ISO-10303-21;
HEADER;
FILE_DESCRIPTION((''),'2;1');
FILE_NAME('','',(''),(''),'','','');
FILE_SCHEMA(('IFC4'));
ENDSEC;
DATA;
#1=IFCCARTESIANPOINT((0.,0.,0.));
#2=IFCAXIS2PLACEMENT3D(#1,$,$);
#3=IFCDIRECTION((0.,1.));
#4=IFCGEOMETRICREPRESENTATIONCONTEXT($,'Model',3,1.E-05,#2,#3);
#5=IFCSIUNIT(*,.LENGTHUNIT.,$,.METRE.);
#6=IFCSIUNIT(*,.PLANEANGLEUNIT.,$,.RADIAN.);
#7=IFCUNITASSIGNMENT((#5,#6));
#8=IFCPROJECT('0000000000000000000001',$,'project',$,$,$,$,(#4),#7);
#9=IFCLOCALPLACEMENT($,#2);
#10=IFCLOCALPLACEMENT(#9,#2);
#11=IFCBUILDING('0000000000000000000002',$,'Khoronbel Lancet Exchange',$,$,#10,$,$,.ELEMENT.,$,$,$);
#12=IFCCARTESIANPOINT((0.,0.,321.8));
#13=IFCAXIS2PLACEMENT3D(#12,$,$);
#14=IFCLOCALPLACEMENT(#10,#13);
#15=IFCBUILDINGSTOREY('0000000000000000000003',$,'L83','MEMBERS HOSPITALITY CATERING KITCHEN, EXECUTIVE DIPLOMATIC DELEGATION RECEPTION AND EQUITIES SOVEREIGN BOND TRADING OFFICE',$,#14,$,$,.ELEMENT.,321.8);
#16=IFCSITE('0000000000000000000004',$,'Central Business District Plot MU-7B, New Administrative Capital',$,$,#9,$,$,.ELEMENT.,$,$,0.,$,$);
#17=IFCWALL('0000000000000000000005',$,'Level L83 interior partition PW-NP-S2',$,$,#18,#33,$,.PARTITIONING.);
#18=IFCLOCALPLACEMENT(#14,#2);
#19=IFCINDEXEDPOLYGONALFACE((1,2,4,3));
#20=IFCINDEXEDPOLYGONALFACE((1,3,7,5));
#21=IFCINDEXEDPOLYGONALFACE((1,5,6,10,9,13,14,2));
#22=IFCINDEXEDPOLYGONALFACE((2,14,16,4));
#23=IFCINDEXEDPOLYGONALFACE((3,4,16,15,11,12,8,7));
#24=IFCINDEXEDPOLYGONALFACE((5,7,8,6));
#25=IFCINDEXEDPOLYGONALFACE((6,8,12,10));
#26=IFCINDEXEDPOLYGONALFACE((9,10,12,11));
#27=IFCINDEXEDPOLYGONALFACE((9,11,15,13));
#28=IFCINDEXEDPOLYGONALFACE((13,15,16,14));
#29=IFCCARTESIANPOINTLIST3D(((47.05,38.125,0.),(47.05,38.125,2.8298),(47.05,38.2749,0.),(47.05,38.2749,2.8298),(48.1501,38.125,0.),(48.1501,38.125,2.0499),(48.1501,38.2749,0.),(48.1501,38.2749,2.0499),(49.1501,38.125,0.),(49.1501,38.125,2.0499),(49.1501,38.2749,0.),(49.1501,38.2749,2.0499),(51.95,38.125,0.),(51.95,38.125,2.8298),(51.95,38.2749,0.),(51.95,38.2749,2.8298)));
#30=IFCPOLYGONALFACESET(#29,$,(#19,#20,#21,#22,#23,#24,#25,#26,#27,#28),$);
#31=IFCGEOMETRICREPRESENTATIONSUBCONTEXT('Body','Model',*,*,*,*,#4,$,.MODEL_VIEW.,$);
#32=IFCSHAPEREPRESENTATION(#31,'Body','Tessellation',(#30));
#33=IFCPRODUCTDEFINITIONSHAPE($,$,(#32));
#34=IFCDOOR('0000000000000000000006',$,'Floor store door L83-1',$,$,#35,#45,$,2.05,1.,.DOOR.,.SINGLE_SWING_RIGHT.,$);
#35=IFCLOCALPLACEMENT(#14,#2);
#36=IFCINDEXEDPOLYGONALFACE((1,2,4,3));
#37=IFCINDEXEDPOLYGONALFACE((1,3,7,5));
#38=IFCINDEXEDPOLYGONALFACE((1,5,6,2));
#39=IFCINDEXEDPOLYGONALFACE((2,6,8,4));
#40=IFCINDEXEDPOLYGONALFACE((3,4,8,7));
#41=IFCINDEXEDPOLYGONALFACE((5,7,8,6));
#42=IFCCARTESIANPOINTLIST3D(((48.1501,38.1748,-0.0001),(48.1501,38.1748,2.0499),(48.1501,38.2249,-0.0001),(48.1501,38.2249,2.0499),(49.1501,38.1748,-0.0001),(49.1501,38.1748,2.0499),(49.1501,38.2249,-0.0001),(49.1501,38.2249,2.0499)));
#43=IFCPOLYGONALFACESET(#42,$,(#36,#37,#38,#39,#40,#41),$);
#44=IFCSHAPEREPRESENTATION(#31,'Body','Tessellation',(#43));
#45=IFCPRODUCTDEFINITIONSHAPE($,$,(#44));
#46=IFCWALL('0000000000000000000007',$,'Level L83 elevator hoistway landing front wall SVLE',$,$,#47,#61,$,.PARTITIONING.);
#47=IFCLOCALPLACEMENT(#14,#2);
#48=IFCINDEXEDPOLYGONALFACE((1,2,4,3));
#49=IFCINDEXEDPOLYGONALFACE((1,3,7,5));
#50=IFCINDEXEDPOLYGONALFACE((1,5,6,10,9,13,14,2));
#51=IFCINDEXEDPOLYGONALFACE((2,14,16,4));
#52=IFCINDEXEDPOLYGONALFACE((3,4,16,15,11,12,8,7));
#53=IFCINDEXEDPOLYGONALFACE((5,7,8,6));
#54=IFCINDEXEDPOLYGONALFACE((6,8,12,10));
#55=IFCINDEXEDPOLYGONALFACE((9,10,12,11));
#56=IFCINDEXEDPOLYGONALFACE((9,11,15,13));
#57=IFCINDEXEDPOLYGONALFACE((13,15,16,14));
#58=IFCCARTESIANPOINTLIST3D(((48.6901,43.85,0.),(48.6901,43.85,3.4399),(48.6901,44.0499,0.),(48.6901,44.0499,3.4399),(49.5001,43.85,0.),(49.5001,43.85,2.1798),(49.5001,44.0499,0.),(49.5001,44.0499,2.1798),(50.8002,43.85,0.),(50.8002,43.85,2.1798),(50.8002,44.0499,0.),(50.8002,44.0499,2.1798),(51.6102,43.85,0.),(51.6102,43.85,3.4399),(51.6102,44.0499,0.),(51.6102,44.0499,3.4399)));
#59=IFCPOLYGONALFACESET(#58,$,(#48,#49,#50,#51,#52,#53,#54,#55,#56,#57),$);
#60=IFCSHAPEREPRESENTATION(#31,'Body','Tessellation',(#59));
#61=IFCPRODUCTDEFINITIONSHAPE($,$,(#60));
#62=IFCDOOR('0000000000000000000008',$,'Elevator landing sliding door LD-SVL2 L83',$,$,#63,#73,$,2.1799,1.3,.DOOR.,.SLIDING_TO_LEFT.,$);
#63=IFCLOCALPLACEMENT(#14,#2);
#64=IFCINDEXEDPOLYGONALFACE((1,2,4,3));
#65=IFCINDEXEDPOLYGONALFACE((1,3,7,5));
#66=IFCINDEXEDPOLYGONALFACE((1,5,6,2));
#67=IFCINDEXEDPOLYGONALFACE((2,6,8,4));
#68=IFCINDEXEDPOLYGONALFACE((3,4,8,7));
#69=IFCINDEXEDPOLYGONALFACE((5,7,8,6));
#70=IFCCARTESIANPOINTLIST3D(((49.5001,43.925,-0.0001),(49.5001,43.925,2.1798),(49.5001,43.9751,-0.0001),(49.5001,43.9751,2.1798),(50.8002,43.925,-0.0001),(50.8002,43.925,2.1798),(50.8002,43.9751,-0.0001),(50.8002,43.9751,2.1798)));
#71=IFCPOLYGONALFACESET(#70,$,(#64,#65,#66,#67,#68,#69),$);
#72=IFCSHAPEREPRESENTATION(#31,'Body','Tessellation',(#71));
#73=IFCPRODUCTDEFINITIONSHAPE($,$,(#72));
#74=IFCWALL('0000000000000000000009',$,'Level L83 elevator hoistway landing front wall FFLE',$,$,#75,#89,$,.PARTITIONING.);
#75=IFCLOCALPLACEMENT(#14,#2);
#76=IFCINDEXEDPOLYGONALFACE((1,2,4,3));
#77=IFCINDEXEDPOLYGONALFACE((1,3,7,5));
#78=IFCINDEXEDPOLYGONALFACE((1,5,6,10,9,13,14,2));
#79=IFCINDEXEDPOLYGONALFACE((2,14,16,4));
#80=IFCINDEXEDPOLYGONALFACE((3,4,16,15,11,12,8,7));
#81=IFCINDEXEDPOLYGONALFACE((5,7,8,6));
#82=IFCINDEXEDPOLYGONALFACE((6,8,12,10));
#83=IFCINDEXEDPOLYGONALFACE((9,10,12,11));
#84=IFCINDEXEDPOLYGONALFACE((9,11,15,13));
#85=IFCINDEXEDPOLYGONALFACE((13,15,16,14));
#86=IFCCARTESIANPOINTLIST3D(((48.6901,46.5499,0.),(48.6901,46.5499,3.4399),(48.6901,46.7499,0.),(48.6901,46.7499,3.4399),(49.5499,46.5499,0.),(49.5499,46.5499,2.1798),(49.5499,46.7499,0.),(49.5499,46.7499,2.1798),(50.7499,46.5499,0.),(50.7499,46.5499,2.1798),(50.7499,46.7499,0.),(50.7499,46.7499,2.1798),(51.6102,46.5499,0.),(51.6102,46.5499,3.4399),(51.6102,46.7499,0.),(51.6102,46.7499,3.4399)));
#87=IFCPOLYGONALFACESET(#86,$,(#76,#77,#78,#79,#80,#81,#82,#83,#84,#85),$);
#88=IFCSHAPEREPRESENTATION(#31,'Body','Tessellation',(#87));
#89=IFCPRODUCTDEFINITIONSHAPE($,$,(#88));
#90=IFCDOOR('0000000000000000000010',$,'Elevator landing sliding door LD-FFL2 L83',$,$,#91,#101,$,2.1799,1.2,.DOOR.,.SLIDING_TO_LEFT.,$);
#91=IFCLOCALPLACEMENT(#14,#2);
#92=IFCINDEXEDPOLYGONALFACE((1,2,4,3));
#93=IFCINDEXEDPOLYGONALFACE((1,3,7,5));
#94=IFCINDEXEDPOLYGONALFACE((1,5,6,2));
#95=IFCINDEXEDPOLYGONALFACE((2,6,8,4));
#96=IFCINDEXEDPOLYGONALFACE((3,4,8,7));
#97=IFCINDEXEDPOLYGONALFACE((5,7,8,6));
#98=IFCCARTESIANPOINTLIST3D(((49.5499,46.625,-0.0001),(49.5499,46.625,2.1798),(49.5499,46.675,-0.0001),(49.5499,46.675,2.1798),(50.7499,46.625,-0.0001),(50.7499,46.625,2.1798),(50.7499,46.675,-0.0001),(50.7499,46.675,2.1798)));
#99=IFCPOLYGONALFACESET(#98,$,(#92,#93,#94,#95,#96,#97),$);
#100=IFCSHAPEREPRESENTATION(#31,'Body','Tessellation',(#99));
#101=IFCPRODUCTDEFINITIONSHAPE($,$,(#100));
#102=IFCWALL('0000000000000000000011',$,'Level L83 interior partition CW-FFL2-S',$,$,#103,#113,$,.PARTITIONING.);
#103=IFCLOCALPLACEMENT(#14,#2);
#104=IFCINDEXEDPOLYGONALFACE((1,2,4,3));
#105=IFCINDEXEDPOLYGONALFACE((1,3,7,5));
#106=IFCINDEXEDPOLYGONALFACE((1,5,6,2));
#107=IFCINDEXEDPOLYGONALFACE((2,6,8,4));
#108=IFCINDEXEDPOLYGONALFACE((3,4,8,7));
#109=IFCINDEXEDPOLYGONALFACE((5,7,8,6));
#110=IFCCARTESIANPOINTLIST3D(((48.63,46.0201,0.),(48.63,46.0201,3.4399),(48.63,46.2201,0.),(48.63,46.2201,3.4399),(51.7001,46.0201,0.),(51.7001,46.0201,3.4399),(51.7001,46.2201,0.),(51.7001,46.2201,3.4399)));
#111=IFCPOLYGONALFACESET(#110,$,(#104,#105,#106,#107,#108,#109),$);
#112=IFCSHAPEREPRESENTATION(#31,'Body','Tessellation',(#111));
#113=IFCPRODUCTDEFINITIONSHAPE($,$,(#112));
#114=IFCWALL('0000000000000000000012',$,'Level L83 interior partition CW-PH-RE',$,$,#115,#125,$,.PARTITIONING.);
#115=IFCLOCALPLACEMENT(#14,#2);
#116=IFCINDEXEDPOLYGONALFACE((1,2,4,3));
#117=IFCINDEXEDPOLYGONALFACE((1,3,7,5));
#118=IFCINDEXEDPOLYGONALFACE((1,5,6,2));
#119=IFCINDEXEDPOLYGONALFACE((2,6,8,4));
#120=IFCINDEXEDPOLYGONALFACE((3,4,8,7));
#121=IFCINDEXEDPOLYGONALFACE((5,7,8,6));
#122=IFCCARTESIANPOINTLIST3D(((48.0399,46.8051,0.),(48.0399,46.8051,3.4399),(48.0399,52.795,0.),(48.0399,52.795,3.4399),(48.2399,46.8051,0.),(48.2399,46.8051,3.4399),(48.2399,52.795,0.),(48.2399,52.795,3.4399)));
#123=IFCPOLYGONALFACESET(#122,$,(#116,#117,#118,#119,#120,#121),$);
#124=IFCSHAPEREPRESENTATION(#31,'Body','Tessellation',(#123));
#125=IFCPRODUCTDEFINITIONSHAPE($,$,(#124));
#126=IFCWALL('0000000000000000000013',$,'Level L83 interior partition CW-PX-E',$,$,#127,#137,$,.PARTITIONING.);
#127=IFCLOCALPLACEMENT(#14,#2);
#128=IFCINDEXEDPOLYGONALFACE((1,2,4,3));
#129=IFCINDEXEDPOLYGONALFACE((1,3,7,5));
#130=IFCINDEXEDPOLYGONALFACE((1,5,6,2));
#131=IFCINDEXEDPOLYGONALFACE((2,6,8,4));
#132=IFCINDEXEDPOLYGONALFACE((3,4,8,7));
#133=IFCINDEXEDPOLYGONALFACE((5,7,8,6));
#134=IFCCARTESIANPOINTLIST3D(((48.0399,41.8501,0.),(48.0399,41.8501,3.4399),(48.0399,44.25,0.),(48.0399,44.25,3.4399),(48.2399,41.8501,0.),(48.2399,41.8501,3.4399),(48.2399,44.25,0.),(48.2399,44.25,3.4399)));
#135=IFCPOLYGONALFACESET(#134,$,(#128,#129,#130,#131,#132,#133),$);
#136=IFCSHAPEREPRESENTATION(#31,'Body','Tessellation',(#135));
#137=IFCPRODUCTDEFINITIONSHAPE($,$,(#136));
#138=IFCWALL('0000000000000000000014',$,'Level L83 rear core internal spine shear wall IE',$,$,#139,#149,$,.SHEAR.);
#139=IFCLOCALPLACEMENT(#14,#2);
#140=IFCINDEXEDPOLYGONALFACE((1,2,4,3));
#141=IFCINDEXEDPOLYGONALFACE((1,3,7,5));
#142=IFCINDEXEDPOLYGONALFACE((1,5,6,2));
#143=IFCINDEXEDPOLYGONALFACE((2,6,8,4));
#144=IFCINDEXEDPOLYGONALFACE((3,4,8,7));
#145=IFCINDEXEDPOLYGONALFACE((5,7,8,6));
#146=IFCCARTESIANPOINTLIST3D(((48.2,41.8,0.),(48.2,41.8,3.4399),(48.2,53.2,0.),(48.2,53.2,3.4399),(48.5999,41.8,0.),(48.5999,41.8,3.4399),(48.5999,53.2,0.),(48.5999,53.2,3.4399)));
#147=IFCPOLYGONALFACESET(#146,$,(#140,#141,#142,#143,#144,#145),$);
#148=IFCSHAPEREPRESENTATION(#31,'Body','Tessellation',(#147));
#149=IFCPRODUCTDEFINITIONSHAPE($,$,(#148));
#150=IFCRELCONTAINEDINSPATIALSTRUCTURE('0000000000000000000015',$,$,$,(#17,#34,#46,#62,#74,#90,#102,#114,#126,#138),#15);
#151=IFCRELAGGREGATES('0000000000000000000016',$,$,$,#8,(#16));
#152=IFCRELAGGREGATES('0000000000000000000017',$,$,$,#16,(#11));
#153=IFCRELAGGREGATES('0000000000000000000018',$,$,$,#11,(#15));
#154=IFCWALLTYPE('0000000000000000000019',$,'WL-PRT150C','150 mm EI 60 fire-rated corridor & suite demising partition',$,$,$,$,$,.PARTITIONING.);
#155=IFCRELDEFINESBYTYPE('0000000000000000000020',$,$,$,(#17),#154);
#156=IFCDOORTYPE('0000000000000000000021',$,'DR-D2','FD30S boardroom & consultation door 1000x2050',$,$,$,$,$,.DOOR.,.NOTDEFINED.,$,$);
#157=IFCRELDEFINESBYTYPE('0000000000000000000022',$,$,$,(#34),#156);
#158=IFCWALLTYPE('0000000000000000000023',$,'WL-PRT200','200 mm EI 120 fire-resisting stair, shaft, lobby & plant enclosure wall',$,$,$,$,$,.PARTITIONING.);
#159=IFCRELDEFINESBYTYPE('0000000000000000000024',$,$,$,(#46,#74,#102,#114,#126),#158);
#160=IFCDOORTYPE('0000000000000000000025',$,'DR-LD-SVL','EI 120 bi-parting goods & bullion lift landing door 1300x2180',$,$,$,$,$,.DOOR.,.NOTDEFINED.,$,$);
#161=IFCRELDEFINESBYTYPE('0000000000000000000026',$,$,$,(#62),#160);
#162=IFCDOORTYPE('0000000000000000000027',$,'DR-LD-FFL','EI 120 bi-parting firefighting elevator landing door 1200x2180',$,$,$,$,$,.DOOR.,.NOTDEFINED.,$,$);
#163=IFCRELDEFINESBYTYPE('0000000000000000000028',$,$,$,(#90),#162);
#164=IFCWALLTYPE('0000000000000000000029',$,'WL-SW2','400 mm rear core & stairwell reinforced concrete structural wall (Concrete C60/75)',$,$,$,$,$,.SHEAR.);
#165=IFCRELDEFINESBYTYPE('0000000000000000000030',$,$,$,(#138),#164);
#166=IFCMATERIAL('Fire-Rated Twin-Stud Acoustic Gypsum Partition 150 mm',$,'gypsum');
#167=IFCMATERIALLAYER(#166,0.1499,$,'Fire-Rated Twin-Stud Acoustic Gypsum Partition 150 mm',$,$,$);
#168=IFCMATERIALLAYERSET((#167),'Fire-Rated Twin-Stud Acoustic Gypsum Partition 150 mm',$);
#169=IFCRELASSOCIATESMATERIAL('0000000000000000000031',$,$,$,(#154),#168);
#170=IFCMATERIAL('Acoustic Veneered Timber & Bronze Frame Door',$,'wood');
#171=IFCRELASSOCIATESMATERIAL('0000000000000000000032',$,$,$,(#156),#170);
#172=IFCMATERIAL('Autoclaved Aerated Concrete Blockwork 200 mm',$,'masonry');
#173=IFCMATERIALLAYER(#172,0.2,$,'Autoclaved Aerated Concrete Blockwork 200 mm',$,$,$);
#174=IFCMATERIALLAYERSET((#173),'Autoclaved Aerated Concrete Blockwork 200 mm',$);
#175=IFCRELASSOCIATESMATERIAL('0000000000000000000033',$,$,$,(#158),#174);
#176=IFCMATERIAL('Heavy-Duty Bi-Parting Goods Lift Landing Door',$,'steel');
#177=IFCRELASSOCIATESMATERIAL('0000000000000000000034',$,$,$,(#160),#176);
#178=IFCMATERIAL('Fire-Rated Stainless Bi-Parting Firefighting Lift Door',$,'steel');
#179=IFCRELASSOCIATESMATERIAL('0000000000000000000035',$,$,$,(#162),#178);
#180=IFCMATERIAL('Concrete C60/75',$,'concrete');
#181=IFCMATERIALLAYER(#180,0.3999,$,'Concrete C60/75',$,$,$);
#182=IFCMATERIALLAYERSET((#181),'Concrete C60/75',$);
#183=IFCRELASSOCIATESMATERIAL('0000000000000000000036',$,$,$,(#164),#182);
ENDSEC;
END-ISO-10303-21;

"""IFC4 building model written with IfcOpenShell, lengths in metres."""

from ifc_helpers import new_model, si_unit, direction, frame, frame_2d, origin, place, context, subcontext, project, spatial, rectangle, extrude, material, layer, layer_set, type_object, element, fill, save


model = new_model("IFC4")

# Units and contexts
model_context = context("Model", 3, precision=1e-05, world=origin(), true_north=direction((0.0, 1.0)))
body_context = subcontext(model_context, "Body", "Model", "MODEL_VIEW")
ifc_project = project(units=[si_unit("LENGTHUNIT", "METRE"), si_unit("PLANEANGLEUNIT", "RADIAN")], contexts=[model_context])

# Site, building, storey
site_placement = place(None, origin())
site = spatial("IfcSite", under=ifc_project, at=site_placement, Name="Central Business District Plot MU-7B, New Administrative Capital", CompositionType="ELEMENT", RefElevation=0.0)
building_placement = place(site_placement, origin())
building = spatial("IfcBuilding", under=site, at=building_placement, Name="Khoronbel Lancet Exchange", CompositionType="ELEMENT")
storey_placement = place(building_placement, frame((0.0, 0.0, 321.8)))
storey = spatial("IfcBuildingStorey", under=building, at=storey_placement, Name="L83", Description="MEMBERS HOSPITALITY CATERING KITCHEN, EXECUTIVE DIPLOMATIC DELEGATION RECEPTION AND EQUITIES SOVEREIGN BOND TRADING OFFICE", CompositionType="ELEMENT", Elevation=321.8)

# Walls, openings, doors
ifc_material_1 = material(Name="Fire-Rated Twin-Stud Acoustic Gypsum Partition 150 mm", Category="gypsum")
ifc_layer_1 = layer(ifc_material_1, 0.1499, Name="Fire-Rated Twin-Stud Acoustic Gypsum Partition 150 mm")
ifc_layer_set_1 = layer_set([ifc_layer_1], Name="Fire-Rated Twin-Stud Acoustic Gypsum Partition 150 mm")
wall_type_1 = type_object("IfcWallType", Name="WL-PRT150C", Description="150 mm EI 60 fire-rated corridor & suite demising partition", PredefinedType="PARTITIONING", material=ifc_layer_set_1)
wall_1_placement = place(storey_placement, frame((47.05, 38.2, 0.0), z_axis=(0.0, 0.0, 1.0), x_axis=(1.0, 0.0, 0.0)))
wall_1 = element("IfcWall", 1, at=wall_1_placement, inside=storey, type_object=wall_type_1, Name="Level L83 interior partition PW-NP-S2", PredefinedType="PARTITIONING", context=body_context, shape_type="SweptSolid", body=[
    extrude(rectangle(XDim=4.8999, YDim=0.1499, at=frame_2d((2.45, 0.0))), origin(), (0.0, 0.0, 1.0), 2.8298),
])
opening_1_placement = place(wall_1_placement, frame((1.1001, 0.0, 0.0)))
opening_1 = element("IfcOpeningElement", 2, at=opening_1_placement, cuts=wall_1, PredefinedType="OPENING", context=body_context, shape_type="SweptSolid", body=[
    extrude(rectangle(XDim=1.0, YDim=2.05, at=frame_2d((0.5, 1.0249))), frame((0.0, 0.085, 0.0), z_axis=(0.0, -1.0, 0.0), x_axis=(1.0, 0.0, 0.0)), (0.0, 0.0, 1.0), 0.1699),
])
ifc_material_2 = material(Name="Acoustic Veneered Timber & Bronze Frame Door", Category="wood")
door_type_1 = type_object("IfcDoorType", Name="DR-D2", Description="FD30S boardroom & consultation door 1000x2050", OperationType="NOTDEFINED", PredefinedType="DOOR", material=ifc_material_2)
door_1_placement = place(opening_1_placement, origin())
door_1 = element("IfcDoor", 3, at=door_1_placement, inside=storey, type_object=door_type_1, Name="Floor store door L83-1", OperationType="SINGLE_SWING_RIGHT", OverallHeight=2.05, OverallWidth=1.0, PredefinedType="DOOR", context=body_context, shape_type="SweptSolid", body=[
    extrude(rectangle(XDim=1.0, YDim=2.05, at=frame_2d((0.5, 1.0249))), frame((0.0, 0.0249, 0.0), z_axis=(0.0, -1.0, 0.0), x_axis=(1.0, 0.0, 0.0)), (0.0, 0.0, 1.0), 0.05),
])
fill(opening_1, door_1)
ifc_material_3 = material(Name="Autoclaved Aerated Concrete Blockwork 200 mm", Category="masonry")
ifc_layer_2 = layer(ifc_material_3, 0.2, Name="Autoclaved Aerated Concrete Blockwork 200 mm")
ifc_layer_set_2 = layer_set([ifc_layer_2], Name="Autoclaved Aerated Concrete Blockwork 200 mm")
wall_type_2 = type_object("IfcWallType", Name="WL-PRT200", Description="200 mm EI 120 fire-resisting stair, shaft, lobby & plant enclosure wall", PredefinedType="PARTITIONING", material=ifc_layer_set_2)
wall_2_placement = place(storey_placement, frame((51.6101, 43.95, 0.0), z_axis=(0.0, 0.0, 1.0), x_axis=(-1.0, 0.0, 0.0)))
wall_2 = element("IfcWall", 4, at=wall_2_placement, inside=storey, type_object=wall_type_2, Name="Level L83 elevator hoistway landing front wall SVLE", PredefinedType="PARTITIONING", context=body_context, shape_type="SweptSolid", body=[
    extrude(rectangle(XDim=2.9202, YDim=0.2, at=frame_2d((1.46, 0.0))), origin(), (0.0, 0.0, 1.0), 3.4399),
])
opening_2_placement = place(wall_2_placement, frame((0.8101, 0.0, 0.0)))
opening_2 = element("IfcOpeningElement", 5, at=opening_2_placement, cuts=wall_2, PredefinedType="OPENING", context=body_context, shape_type="SweptSolid", body=[
    extrude(rectangle(XDim=1.3, YDim=2.1799, at=frame_2d((0.6499, 1.0898))), frame((0.0, 0.1099, 0.0), z_axis=(0.0, -1.0, 0.0), x_axis=(1.0, 0.0, 0.0)), (0.0, 0.0, 1.0), 0.22),
])
ifc_material_4 = material(Name="Heavy-Duty Bi-Parting Goods Lift Landing Door", Category="steel")
door_type_2 = type_object("IfcDoorType", Name="DR-LD-SVL", Description="EI 120 bi-parting goods & bullion lift landing door 1300x2180", OperationType="NOTDEFINED", PredefinedType="DOOR", material=ifc_material_4)
door_2_placement = place(opening_2_placement, origin())
door_2 = element("IfcDoor", 6, at=door_2_placement, inside=storey, type_object=door_type_2, Name="Elevator landing sliding door LD-SVL2 L83", OperationType="SLIDING_TO_LEFT", OverallHeight=2.1799, OverallWidth=1.3, PredefinedType="DOOR", context=body_context, shape_type="SweptSolid", body=[
    extrude(rectangle(XDim=1.3, YDim=2.1799, at=frame_2d((0.6499, 1.0898))), frame((0.0, 0.0249, 0.0), z_axis=(0.0, -1.0, 0.0), x_axis=(1.0, 0.0, 0.0)), (0.0, 0.0, 1.0), 0.05),
])
fill(opening_2, door_2)
wall_3_placement = place(storey_placement, frame((51.6101, 46.6499, 0.0), z_axis=(0.0, 0.0, 1.0), x_axis=(-1.0, 0.0, 0.0)))
wall_3 = element("IfcWall", 7, at=wall_3_placement, inside=storey, type_object=wall_type_2, Name="Level L83 elevator hoistway landing front wall FFLE", PredefinedType="PARTITIONING", context=body_context, shape_type="SweptSolid", body=[
    extrude(rectangle(XDim=2.9202, YDim=0.2, at=frame_2d((1.46, 0.0))), origin(), (0.0, 0.0, 1.0), 3.4399),
])
opening_3_placement = place(wall_3_placement, frame((0.8601, 0.0, 0.0)))
opening_3 = element("IfcOpeningElement", 8, at=opening_3_placement, cuts=wall_3, PredefinedType="OPENING", context=body_context, shape_type="SweptSolid", body=[
    extrude(rectangle(XDim=1.2, YDim=2.1799, at=frame_2d((0.6001, 1.0898))), frame((0.0, 0.1099, 0.0), z_axis=(0.0, -1.0, 0.0), x_axis=(1.0, 0.0, 0.0)), (0.0, 0.0, 1.0), 0.22),
])
ifc_material_5 = material(Name="Fire-Rated Stainless Bi-Parting Firefighting Lift Door", Category="steel")
door_type_3 = type_object("IfcDoorType", Name="DR-LD-FFL", Description="EI 120 bi-parting firefighting elevator landing door 1200x2180", OperationType="NOTDEFINED", PredefinedType="DOOR", material=ifc_material_5)
door_3_placement = place(opening_3_placement, origin())
door_3 = element("IfcDoor", 9, at=door_3_placement, inside=storey, type_object=door_type_3, Name="Elevator landing sliding door LD-FFL2 L83", OperationType="SLIDING_TO_LEFT", OverallHeight=2.1799, OverallWidth=1.2, PredefinedType="DOOR", context=body_context, shape_type="SweptSolid", body=[
    extrude(rectangle(XDim=1.2, YDim=2.1799, at=frame_2d((0.6001, 1.0898))), frame((0.0, 0.0249, 0.0), z_axis=(0.0, -1.0, 0.0), x_axis=(1.0, 0.0, 0.0)), (0.0, 0.0, 1.0), 0.05),
])
fill(opening_3, door_3)

# Walls
wall_4_placement = place(storey_placement, frame((48.6299, 46.1201, 0.0), z_axis=(0.0, 0.0, 1.0), x_axis=(1.0, 0.0, 0.0)))
element("IfcWall", 10, at=wall_4_placement, inside=storey, type_object=wall_type_2, Name="Level L83 interior partition CW-FFL2-S", PredefinedType="PARTITIONING", context=body_context, shape_type="SweptSolid", body=[
    extrude(rectangle(XDim=3.0701, YDim=0.2, at=frame_2d((1.5352, 0.0))), origin(), (0.0, 0.0, 1.0), 3.4399),
])
wall_5_placement = place(storey_placement, frame((48.1399, 46.8049, 0.0), z_axis=(0.0, 0.0, 1.0), x_axis=(0.0, 1.0, 0.0)))
element("IfcWall", 11, at=wall_5_placement, inside=storey, type_object=wall_type_2, Name="Level L83 interior partition CW-PH-RE", PredefinedType="PARTITIONING", context=body_context, shape_type="SweptSolid", body=[
    extrude(rectangle(XDim=5.99, YDim=0.2, at=frame_2d((2.9951, 0.0))), origin(), (0.0, 0.0, 1.0), 3.4399),
])
wall_6_placement = place(storey_placement, frame((48.1399, 41.8501, 0.0), z_axis=(0.0, 0.0, 1.0), x_axis=(0.0, 1.0, 0.0)))
element("IfcWall", 12, at=wall_6_placement, inside=storey, type_object=wall_type_2, Name="Level L83 interior partition CW-PX-E", PredefinedType="PARTITIONING", context=body_context, shape_type="SweptSolid", body=[
    extrude(rectangle(XDim=2.3999, YDim=0.2, at=frame_2d((1.2, 0.0))), origin(), (0.0, 0.0, 1.0), 3.4399),
])
ifc_material_6 = material(Name="Concrete C60/75", Category="concrete")
ifc_layer_3 = layer(ifc_material_6, 0.3999, Name="Concrete C60/75")
ifc_layer_set_3 = layer_set([ifc_layer_3], Name="Concrete C60/75")
wall_type_3 = type_object("IfcWallType", Name="WL-SW2", Description="400 mm rear core & stairwell reinforced concrete structural wall (Concrete C60/75)", PredefinedType="SHEAR", material=ifc_layer_set_3)
wall_7_placement = place(storey_placement, frame((48.3999, 41.8, 0.0), z_axis=(0.0, 0.0, 1.0), x_axis=(0.0, 1.0, 0.0)))
element("IfcWall", 13, at=wall_7_placement, inside=storey, type_object=wall_type_3, Name="Level L83 rear core internal spine shear wall IE", PredefinedType="SHEAR", context=body_context, shape_type="SweptSolid", body=[
    extrude(rectangle(XDim=11.3999, YDim=0.3999, at=frame_2d((5.7, 0.0))), origin(), (0.0, 0.0, 1.0), 3.4399),
])

save(model, "model.ifc")
